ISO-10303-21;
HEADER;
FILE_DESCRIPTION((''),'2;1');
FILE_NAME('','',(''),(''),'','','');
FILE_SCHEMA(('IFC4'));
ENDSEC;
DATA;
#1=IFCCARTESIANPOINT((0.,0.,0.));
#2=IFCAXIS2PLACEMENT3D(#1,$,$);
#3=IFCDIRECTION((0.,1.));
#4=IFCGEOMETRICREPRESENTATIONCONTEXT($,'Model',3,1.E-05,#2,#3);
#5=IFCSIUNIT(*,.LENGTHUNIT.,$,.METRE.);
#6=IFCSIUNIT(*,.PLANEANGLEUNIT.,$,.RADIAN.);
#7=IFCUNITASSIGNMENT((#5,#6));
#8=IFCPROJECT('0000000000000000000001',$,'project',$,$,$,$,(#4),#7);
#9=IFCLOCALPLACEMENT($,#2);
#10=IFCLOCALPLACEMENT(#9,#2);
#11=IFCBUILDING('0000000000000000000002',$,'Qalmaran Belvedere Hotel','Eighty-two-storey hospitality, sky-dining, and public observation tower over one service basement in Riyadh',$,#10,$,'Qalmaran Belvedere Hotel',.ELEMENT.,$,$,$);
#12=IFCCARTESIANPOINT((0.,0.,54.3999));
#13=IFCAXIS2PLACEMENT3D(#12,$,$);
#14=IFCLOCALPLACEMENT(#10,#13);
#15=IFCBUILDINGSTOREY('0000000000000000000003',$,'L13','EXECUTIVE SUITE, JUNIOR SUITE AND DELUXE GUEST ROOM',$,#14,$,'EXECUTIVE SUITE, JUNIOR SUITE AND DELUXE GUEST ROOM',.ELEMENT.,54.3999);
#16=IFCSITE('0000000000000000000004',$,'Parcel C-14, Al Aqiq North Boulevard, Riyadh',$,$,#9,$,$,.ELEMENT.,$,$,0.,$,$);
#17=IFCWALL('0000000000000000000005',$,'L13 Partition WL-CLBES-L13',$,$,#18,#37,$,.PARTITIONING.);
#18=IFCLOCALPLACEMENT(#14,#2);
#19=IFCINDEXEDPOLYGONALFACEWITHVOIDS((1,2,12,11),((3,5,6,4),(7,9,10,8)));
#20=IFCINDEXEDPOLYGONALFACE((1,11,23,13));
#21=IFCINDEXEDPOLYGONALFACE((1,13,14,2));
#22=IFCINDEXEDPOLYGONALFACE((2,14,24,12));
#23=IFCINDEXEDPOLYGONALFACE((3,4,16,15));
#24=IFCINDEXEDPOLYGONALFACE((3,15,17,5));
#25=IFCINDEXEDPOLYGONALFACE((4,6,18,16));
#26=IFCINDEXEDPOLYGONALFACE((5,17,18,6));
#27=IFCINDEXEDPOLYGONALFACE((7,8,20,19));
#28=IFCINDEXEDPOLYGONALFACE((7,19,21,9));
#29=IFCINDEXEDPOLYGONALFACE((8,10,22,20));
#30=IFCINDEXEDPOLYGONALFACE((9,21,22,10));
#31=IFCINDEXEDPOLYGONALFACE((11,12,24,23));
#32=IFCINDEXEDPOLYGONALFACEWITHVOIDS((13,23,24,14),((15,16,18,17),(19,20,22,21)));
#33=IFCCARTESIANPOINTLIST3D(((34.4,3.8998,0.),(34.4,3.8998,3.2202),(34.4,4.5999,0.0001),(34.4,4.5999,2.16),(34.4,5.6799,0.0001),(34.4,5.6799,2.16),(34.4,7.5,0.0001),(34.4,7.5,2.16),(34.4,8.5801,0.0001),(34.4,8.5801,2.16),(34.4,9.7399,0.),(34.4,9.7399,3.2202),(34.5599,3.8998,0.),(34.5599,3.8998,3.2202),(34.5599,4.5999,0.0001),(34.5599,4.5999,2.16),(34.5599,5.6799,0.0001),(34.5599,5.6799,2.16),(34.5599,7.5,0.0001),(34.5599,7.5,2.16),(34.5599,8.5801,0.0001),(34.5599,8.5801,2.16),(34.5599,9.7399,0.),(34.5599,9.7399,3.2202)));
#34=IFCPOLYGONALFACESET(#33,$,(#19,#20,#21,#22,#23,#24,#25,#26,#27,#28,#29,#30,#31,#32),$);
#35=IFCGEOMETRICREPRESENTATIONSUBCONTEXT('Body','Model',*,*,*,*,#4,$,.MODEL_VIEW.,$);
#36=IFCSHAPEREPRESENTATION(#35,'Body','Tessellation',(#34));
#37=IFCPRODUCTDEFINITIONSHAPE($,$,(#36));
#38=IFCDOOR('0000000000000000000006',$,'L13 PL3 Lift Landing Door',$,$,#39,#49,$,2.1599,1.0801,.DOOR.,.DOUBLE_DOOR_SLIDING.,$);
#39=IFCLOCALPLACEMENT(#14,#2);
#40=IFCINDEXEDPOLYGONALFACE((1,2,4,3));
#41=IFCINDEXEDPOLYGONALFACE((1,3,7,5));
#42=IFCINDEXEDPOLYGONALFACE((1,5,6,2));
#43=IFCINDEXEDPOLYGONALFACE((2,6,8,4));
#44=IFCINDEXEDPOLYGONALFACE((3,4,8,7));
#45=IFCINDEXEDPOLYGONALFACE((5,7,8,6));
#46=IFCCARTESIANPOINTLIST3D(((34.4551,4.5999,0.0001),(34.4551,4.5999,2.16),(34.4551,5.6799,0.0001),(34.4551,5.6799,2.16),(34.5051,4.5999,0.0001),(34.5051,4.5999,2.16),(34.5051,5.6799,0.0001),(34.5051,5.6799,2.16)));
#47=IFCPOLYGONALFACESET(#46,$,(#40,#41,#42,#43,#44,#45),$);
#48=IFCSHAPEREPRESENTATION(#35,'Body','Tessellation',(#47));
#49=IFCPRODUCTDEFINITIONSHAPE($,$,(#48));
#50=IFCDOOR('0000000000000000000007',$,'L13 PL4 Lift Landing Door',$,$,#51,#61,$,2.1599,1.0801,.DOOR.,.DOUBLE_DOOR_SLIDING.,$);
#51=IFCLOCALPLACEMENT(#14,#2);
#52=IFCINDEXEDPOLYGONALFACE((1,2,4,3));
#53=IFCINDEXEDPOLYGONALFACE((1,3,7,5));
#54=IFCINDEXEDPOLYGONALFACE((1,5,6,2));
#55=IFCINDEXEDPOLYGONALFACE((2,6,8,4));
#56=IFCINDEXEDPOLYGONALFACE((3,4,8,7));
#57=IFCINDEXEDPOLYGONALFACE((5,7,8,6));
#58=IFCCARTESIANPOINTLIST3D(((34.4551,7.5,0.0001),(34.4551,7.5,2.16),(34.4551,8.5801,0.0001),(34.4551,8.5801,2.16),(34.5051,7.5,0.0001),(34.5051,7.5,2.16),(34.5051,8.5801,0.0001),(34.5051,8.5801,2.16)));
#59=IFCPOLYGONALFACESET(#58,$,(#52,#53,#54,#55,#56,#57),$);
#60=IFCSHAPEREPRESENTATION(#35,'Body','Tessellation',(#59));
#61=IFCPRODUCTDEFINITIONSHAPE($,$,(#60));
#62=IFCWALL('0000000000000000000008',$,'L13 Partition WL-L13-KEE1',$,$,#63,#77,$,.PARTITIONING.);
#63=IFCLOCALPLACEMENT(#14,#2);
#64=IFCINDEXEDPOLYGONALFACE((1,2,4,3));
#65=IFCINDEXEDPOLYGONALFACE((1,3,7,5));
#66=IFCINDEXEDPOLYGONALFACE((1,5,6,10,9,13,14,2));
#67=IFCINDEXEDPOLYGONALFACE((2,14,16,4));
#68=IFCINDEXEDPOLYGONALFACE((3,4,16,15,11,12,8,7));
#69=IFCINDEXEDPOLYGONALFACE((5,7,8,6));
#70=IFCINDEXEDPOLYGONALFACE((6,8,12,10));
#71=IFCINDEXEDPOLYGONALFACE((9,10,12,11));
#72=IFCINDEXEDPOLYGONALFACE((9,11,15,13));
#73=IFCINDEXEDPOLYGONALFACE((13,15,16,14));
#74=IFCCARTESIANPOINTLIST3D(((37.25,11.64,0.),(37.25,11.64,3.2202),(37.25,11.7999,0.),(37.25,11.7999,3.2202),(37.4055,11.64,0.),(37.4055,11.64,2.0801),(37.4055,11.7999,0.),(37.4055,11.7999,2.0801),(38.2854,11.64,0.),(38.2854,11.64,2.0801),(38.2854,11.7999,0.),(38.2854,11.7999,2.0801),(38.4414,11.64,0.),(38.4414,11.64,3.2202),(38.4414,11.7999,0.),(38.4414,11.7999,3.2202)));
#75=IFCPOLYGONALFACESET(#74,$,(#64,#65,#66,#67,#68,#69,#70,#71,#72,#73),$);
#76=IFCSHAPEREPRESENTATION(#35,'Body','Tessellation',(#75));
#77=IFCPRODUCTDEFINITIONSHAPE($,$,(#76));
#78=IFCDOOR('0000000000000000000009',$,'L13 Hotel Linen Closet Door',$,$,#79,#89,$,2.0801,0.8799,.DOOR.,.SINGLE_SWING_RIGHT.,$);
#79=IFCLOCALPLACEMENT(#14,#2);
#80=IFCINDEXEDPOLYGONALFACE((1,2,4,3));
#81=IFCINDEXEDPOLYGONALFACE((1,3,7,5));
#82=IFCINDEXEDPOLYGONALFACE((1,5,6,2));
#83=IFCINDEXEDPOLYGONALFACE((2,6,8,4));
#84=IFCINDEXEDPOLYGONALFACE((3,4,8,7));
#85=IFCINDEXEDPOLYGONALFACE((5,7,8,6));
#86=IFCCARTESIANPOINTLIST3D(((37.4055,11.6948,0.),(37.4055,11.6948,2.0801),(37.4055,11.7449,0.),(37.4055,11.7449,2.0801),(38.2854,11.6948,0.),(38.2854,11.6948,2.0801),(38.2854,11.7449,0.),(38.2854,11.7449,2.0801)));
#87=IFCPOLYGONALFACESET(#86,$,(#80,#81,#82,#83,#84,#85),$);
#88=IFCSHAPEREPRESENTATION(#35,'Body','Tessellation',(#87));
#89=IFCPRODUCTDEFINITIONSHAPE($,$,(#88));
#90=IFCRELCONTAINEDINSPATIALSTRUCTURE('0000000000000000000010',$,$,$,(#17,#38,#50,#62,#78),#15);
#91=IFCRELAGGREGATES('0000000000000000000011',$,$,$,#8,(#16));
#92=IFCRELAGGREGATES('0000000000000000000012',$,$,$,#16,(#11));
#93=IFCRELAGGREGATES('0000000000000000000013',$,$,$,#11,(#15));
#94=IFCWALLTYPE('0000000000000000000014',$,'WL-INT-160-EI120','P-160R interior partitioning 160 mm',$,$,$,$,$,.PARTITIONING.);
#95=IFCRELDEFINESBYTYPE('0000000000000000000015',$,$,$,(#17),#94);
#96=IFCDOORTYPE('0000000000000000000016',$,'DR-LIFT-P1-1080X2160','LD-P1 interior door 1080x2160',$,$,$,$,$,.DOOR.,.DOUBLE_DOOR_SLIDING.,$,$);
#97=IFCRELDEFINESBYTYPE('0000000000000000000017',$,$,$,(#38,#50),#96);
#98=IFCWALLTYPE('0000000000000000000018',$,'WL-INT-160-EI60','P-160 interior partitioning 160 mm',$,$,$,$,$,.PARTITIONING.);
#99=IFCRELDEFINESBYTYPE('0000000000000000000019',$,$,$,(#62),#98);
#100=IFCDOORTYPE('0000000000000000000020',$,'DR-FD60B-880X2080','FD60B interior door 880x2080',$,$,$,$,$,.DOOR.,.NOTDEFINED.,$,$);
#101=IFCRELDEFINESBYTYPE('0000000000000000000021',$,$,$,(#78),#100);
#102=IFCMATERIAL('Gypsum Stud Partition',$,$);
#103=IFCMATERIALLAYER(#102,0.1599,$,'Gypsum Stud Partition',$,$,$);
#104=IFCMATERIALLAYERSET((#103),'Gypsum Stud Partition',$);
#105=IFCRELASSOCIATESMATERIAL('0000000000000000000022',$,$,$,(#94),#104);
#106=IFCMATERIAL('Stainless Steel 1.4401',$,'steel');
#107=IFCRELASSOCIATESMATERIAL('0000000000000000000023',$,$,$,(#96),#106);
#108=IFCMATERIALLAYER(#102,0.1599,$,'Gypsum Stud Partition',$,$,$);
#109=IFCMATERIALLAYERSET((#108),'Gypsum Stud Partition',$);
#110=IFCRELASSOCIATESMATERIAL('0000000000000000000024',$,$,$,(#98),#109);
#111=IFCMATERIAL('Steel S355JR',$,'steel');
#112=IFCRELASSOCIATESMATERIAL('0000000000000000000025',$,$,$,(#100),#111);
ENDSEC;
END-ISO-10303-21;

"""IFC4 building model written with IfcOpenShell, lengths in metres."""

from ifc_helpers import new_model, si_unit, direction, frame, frame_2d, origin, place, context, subcontext, project, spatial, rectangle, extrude, material, layer, layer_set, type_object, element, fill, save


model = new_model("IFC4")

# Units and contexts
model_context = context("Model", 3, precision=1e-05, world=origin(), true_north=direction((0.0, 1.0)))
body_context = subcontext(model_context, "Body", "Model", "MODEL_VIEW")
ifc_project = project(units=[si_unit("LENGTHUNIT", "METRE"), si_unit("PLANEANGLEUNIT", "RADIAN")], contexts=[model_context])

# Site, building, storey
site_placement = place(None, origin())
site = spatial("IfcSite", under=ifc_project, at=site_placement, Name="Parcel C-14, Al Aqiq North Boulevard, Riyadh", CompositionType="ELEMENT", RefElevation=0.0)
building_placement = place(site_placement, origin())
building = spatial("IfcBuilding", under=site, at=building_placement, Name="Qalmaran Belvedere Hotel", Description="Eighty-two-storey hospitality, sky-dining, and public observation tower over one service basement in Riyadh", LongName="Qalmaran Belvedere Hotel", CompositionType="ELEMENT")
storey_placement = place(building_placement, frame((0.0, 0.0, 54.3999)))
storey = spatial("IfcBuildingStorey", under=building, at=storey_placement, Name="L13", Description="EXECUTIVE SUITE, JUNIOR SUITE AND DELUXE GUEST ROOM", LongName="EXECUTIVE SUITE, JUNIOR SUITE AND DELUXE GUEST ROOM", CompositionType="ELEMENT", Elevation=54.3999)

# Shared definitions
ifc_material_1 = material(Name="Steel S355JR", Category="steel")

# Shared definitions
ifc_material_2 = material(Name="Gypsum Stud Partition")
ifc_layer_1 = layer(ifc_material_2, 0.1599, Name="Gypsum Stud Partition")
ifc_layer_set_1 = layer_set([ifc_layer_1], Name="Gypsum Stud Partition")
wall_type_1 = type_object("IfcWallType", Name="WL-INT-160-EI120", Description="P-160R interior partitioning 160 mm", PredefinedType="PARTITIONING", material=ifc_layer_set_1)

# Wall, openings, doors
ifc_material_3 = material(Name="Stainless Steel 1.4401", Category="steel")
door_type_1 = type_object("IfcDoorType", Name="DR-LIFT-P1-1080X2160", Description="LD-P1 interior door 1080x2160", OperationType="DOUBLE_DOOR_SLIDING", PredefinedType="DOOR", material=ifc_material_3)
wall_1_placement = place(storey_placement, frame((34.48, 3.8999, 0.0), z_axis=(0.0, 0.0, 1.0), x_axis=(0.0, 1.0, 0.0)))
wall_1 = element("IfcWall", 1, at=wall_1_placement, inside=storey, type_object=wall_type_1, Name="L13 Partition WL-CLBES-L13", PredefinedType="PARTITIONING", context=body_context, shape_type="SweptSolid", body=[
    extrude(rectangle(XDim=5.8401, YDim=0.1599, at=frame_2d((2.9199, 0.0))), origin(), (0.0, 0.0, 1.0), 3.2202),
])
opening_1_placement = place(wall_1_placement, frame((0.7, 0.0, 0.0)))
opening_1 = element("IfcOpeningElement", 2, at=opening_1_placement, cuts=wall_1, PredefinedType="OPENING", context=body_context, shape_type="SweptSolid", body=[
    extrude(rectangle(XDim=1.0801, YDim=2.1599, at=frame_2d((0.54, 1.0801))), frame((0.0, 0.0898, 0.0), z_axis=(0.0, -1.0, 0.0), x_axis=(1.0, 0.0, 0.0)), (0.0, 0.0, 1.0), 0.1799),
])
opening_2_placement = place(wall_1_placement, frame((3.6001, 0.0, 0.0)))
opening_2 = element("IfcOpeningElement", 3, at=opening_2_placement, cuts=wall_1, PredefinedType="OPENING", context=body_context, shape_type="SweptSolid", body=[
    extrude(rectangle(XDim=1.0801, YDim=2.1599, at=frame_2d((0.54, 1.0801))), frame((0.0, 0.0898, 0.0), z_axis=(0.0, -1.0, 0.0), x_axis=(1.0, 0.0, 0.0)), (0.0, 0.0, 1.0), 0.1799),
])
door_1_placement = place(opening_1_placement, origin())
door_1 = element("IfcDoor", 4, at=door_1_placement, inside=storey, type_object=door_type_1, Name="L13 PL3 Lift Landing Door", OperationType="DOUBLE_DOOR_SLIDING", OverallHeight=2.1599, OverallWidth=1.0801, PredefinedType="DOOR", context=body_context, shape_type="SweptSolid", body=[
    extrude(rectangle(XDim=1.0801, YDim=2.1599, at=frame_2d((0.54, 1.0801))), frame((0.0, 0.0249, 0.0), z_axis=(0.0, -1.0, 0.0), x_axis=(1.0, 0.0, 0.0)), (0.0, 0.0, 1.0), 0.05),
])
fill(opening_1, door_1)
door_2_placement = place(opening_2_placement, origin())
door_2 = element("IfcDoor", 5, at=door_2_placement, inside=storey, type_object=door_type_1, Name="L13 PL4 Lift Landing Door", OperationType="DOUBLE_DOOR_SLIDING", OverallHeight=2.1599, OverallWidth=1.0801, PredefinedType="DOOR", context=body_context, shape_type="SweptSolid", body=[
    extrude(rectangle(XDim=1.0801, YDim=2.1599, at=frame_2d((0.54, 1.0801))), frame((0.0, 0.0249, 0.0), z_axis=(0.0, -1.0, 0.0), x_axis=(1.0, 0.0, 0.0)), (0.0, 0.0, 1.0), 0.05),
])
fill(opening_2, door_2)

# Wall, opening, door
ifc_layer_2 = layer(ifc_material_2, 0.1599, Name="Gypsum Stud Partition")
ifc_layer_set_2 = layer_set([ifc_layer_2], Name="Gypsum Stud Partition")
wall_type_2 = type_object("IfcWallType", Name="WL-INT-160-EI60", Description="P-160 interior partitioning 160 mm", PredefinedType="PARTITIONING", material=ifc_layer_set_2)
wall_2_placement = place(storey_placement, frame((37.25, 11.72, 0.0), z_axis=(0.0, 0.0, 1.0), x_axis=(1.0, 0.0, 0.0)))
wall_2 = element("IfcWall", 6, at=wall_2_placement, inside=storey, type_object=wall_type_2, Name="L13 Partition WL-L13-KEE1", PredefinedType="PARTITIONING", context=body_context, shape_type="SweptSolid", body=[
    extrude(rectangle(XDim=1.1914, YDim=0.1599, at=frame_2d((0.5957, 0.0))), origin(), (0.0, 0.0, 1.0), 3.2202),
])
opening_3_placement = place(wall_2_placement, frame((0.1555, 0.0, 0.0)))
opening_3 = element("IfcOpeningElement", 7, at=opening_3_placement, cuts=wall_2, PredefinedType="OPENING", context=body_context, shape_type="SweptSolid", body=[
    extrude(rectangle(XDim=0.8799, YDim=2.0801, at=frame_2d((0.4399, 1.04))), frame((0.0, 0.0898, 0.0), z_axis=(0.0, -1.0, 0.0), x_axis=(1.0, 0.0, 0.0)), (0.0, 0.0, 1.0), 0.1799),
])
door_type_2 = type_object("IfcDoorType", Name="DR-FD60B-880X2080", Description="FD60B interior door 880x2080", OperationType="NOTDEFINED", PredefinedType="DOOR", material=ifc_material_1)
door_3_placement = place(opening_3_placement, origin())
door_3 = element("IfcDoor", 8, at=door_3_placement, inside=storey, type_object=door_type_2, Name="L13 Hotel Linen Closet Door", OperationType="SINGLE_SWING_RIGHT", OverallHeight=2.0801, OverallWidth=0.8799, PredefinedType="DOOR", context=body_context, shape_type="SweptSolid", body=[
    extrude(rectangle(XDim=0.8799, YDim=2.0801, at=frame_2d((0.4399, 1.04))), frame((0.0, 0.0249, 0.0), z_axis=(0.0, -1.0, 0.0), x_axis=(1.0, 0.0, 0.0)), (0.0, 0.0, 1.0), 0.05),
])
fill(opening_3, door_3)

save(model, "model.ifc")
